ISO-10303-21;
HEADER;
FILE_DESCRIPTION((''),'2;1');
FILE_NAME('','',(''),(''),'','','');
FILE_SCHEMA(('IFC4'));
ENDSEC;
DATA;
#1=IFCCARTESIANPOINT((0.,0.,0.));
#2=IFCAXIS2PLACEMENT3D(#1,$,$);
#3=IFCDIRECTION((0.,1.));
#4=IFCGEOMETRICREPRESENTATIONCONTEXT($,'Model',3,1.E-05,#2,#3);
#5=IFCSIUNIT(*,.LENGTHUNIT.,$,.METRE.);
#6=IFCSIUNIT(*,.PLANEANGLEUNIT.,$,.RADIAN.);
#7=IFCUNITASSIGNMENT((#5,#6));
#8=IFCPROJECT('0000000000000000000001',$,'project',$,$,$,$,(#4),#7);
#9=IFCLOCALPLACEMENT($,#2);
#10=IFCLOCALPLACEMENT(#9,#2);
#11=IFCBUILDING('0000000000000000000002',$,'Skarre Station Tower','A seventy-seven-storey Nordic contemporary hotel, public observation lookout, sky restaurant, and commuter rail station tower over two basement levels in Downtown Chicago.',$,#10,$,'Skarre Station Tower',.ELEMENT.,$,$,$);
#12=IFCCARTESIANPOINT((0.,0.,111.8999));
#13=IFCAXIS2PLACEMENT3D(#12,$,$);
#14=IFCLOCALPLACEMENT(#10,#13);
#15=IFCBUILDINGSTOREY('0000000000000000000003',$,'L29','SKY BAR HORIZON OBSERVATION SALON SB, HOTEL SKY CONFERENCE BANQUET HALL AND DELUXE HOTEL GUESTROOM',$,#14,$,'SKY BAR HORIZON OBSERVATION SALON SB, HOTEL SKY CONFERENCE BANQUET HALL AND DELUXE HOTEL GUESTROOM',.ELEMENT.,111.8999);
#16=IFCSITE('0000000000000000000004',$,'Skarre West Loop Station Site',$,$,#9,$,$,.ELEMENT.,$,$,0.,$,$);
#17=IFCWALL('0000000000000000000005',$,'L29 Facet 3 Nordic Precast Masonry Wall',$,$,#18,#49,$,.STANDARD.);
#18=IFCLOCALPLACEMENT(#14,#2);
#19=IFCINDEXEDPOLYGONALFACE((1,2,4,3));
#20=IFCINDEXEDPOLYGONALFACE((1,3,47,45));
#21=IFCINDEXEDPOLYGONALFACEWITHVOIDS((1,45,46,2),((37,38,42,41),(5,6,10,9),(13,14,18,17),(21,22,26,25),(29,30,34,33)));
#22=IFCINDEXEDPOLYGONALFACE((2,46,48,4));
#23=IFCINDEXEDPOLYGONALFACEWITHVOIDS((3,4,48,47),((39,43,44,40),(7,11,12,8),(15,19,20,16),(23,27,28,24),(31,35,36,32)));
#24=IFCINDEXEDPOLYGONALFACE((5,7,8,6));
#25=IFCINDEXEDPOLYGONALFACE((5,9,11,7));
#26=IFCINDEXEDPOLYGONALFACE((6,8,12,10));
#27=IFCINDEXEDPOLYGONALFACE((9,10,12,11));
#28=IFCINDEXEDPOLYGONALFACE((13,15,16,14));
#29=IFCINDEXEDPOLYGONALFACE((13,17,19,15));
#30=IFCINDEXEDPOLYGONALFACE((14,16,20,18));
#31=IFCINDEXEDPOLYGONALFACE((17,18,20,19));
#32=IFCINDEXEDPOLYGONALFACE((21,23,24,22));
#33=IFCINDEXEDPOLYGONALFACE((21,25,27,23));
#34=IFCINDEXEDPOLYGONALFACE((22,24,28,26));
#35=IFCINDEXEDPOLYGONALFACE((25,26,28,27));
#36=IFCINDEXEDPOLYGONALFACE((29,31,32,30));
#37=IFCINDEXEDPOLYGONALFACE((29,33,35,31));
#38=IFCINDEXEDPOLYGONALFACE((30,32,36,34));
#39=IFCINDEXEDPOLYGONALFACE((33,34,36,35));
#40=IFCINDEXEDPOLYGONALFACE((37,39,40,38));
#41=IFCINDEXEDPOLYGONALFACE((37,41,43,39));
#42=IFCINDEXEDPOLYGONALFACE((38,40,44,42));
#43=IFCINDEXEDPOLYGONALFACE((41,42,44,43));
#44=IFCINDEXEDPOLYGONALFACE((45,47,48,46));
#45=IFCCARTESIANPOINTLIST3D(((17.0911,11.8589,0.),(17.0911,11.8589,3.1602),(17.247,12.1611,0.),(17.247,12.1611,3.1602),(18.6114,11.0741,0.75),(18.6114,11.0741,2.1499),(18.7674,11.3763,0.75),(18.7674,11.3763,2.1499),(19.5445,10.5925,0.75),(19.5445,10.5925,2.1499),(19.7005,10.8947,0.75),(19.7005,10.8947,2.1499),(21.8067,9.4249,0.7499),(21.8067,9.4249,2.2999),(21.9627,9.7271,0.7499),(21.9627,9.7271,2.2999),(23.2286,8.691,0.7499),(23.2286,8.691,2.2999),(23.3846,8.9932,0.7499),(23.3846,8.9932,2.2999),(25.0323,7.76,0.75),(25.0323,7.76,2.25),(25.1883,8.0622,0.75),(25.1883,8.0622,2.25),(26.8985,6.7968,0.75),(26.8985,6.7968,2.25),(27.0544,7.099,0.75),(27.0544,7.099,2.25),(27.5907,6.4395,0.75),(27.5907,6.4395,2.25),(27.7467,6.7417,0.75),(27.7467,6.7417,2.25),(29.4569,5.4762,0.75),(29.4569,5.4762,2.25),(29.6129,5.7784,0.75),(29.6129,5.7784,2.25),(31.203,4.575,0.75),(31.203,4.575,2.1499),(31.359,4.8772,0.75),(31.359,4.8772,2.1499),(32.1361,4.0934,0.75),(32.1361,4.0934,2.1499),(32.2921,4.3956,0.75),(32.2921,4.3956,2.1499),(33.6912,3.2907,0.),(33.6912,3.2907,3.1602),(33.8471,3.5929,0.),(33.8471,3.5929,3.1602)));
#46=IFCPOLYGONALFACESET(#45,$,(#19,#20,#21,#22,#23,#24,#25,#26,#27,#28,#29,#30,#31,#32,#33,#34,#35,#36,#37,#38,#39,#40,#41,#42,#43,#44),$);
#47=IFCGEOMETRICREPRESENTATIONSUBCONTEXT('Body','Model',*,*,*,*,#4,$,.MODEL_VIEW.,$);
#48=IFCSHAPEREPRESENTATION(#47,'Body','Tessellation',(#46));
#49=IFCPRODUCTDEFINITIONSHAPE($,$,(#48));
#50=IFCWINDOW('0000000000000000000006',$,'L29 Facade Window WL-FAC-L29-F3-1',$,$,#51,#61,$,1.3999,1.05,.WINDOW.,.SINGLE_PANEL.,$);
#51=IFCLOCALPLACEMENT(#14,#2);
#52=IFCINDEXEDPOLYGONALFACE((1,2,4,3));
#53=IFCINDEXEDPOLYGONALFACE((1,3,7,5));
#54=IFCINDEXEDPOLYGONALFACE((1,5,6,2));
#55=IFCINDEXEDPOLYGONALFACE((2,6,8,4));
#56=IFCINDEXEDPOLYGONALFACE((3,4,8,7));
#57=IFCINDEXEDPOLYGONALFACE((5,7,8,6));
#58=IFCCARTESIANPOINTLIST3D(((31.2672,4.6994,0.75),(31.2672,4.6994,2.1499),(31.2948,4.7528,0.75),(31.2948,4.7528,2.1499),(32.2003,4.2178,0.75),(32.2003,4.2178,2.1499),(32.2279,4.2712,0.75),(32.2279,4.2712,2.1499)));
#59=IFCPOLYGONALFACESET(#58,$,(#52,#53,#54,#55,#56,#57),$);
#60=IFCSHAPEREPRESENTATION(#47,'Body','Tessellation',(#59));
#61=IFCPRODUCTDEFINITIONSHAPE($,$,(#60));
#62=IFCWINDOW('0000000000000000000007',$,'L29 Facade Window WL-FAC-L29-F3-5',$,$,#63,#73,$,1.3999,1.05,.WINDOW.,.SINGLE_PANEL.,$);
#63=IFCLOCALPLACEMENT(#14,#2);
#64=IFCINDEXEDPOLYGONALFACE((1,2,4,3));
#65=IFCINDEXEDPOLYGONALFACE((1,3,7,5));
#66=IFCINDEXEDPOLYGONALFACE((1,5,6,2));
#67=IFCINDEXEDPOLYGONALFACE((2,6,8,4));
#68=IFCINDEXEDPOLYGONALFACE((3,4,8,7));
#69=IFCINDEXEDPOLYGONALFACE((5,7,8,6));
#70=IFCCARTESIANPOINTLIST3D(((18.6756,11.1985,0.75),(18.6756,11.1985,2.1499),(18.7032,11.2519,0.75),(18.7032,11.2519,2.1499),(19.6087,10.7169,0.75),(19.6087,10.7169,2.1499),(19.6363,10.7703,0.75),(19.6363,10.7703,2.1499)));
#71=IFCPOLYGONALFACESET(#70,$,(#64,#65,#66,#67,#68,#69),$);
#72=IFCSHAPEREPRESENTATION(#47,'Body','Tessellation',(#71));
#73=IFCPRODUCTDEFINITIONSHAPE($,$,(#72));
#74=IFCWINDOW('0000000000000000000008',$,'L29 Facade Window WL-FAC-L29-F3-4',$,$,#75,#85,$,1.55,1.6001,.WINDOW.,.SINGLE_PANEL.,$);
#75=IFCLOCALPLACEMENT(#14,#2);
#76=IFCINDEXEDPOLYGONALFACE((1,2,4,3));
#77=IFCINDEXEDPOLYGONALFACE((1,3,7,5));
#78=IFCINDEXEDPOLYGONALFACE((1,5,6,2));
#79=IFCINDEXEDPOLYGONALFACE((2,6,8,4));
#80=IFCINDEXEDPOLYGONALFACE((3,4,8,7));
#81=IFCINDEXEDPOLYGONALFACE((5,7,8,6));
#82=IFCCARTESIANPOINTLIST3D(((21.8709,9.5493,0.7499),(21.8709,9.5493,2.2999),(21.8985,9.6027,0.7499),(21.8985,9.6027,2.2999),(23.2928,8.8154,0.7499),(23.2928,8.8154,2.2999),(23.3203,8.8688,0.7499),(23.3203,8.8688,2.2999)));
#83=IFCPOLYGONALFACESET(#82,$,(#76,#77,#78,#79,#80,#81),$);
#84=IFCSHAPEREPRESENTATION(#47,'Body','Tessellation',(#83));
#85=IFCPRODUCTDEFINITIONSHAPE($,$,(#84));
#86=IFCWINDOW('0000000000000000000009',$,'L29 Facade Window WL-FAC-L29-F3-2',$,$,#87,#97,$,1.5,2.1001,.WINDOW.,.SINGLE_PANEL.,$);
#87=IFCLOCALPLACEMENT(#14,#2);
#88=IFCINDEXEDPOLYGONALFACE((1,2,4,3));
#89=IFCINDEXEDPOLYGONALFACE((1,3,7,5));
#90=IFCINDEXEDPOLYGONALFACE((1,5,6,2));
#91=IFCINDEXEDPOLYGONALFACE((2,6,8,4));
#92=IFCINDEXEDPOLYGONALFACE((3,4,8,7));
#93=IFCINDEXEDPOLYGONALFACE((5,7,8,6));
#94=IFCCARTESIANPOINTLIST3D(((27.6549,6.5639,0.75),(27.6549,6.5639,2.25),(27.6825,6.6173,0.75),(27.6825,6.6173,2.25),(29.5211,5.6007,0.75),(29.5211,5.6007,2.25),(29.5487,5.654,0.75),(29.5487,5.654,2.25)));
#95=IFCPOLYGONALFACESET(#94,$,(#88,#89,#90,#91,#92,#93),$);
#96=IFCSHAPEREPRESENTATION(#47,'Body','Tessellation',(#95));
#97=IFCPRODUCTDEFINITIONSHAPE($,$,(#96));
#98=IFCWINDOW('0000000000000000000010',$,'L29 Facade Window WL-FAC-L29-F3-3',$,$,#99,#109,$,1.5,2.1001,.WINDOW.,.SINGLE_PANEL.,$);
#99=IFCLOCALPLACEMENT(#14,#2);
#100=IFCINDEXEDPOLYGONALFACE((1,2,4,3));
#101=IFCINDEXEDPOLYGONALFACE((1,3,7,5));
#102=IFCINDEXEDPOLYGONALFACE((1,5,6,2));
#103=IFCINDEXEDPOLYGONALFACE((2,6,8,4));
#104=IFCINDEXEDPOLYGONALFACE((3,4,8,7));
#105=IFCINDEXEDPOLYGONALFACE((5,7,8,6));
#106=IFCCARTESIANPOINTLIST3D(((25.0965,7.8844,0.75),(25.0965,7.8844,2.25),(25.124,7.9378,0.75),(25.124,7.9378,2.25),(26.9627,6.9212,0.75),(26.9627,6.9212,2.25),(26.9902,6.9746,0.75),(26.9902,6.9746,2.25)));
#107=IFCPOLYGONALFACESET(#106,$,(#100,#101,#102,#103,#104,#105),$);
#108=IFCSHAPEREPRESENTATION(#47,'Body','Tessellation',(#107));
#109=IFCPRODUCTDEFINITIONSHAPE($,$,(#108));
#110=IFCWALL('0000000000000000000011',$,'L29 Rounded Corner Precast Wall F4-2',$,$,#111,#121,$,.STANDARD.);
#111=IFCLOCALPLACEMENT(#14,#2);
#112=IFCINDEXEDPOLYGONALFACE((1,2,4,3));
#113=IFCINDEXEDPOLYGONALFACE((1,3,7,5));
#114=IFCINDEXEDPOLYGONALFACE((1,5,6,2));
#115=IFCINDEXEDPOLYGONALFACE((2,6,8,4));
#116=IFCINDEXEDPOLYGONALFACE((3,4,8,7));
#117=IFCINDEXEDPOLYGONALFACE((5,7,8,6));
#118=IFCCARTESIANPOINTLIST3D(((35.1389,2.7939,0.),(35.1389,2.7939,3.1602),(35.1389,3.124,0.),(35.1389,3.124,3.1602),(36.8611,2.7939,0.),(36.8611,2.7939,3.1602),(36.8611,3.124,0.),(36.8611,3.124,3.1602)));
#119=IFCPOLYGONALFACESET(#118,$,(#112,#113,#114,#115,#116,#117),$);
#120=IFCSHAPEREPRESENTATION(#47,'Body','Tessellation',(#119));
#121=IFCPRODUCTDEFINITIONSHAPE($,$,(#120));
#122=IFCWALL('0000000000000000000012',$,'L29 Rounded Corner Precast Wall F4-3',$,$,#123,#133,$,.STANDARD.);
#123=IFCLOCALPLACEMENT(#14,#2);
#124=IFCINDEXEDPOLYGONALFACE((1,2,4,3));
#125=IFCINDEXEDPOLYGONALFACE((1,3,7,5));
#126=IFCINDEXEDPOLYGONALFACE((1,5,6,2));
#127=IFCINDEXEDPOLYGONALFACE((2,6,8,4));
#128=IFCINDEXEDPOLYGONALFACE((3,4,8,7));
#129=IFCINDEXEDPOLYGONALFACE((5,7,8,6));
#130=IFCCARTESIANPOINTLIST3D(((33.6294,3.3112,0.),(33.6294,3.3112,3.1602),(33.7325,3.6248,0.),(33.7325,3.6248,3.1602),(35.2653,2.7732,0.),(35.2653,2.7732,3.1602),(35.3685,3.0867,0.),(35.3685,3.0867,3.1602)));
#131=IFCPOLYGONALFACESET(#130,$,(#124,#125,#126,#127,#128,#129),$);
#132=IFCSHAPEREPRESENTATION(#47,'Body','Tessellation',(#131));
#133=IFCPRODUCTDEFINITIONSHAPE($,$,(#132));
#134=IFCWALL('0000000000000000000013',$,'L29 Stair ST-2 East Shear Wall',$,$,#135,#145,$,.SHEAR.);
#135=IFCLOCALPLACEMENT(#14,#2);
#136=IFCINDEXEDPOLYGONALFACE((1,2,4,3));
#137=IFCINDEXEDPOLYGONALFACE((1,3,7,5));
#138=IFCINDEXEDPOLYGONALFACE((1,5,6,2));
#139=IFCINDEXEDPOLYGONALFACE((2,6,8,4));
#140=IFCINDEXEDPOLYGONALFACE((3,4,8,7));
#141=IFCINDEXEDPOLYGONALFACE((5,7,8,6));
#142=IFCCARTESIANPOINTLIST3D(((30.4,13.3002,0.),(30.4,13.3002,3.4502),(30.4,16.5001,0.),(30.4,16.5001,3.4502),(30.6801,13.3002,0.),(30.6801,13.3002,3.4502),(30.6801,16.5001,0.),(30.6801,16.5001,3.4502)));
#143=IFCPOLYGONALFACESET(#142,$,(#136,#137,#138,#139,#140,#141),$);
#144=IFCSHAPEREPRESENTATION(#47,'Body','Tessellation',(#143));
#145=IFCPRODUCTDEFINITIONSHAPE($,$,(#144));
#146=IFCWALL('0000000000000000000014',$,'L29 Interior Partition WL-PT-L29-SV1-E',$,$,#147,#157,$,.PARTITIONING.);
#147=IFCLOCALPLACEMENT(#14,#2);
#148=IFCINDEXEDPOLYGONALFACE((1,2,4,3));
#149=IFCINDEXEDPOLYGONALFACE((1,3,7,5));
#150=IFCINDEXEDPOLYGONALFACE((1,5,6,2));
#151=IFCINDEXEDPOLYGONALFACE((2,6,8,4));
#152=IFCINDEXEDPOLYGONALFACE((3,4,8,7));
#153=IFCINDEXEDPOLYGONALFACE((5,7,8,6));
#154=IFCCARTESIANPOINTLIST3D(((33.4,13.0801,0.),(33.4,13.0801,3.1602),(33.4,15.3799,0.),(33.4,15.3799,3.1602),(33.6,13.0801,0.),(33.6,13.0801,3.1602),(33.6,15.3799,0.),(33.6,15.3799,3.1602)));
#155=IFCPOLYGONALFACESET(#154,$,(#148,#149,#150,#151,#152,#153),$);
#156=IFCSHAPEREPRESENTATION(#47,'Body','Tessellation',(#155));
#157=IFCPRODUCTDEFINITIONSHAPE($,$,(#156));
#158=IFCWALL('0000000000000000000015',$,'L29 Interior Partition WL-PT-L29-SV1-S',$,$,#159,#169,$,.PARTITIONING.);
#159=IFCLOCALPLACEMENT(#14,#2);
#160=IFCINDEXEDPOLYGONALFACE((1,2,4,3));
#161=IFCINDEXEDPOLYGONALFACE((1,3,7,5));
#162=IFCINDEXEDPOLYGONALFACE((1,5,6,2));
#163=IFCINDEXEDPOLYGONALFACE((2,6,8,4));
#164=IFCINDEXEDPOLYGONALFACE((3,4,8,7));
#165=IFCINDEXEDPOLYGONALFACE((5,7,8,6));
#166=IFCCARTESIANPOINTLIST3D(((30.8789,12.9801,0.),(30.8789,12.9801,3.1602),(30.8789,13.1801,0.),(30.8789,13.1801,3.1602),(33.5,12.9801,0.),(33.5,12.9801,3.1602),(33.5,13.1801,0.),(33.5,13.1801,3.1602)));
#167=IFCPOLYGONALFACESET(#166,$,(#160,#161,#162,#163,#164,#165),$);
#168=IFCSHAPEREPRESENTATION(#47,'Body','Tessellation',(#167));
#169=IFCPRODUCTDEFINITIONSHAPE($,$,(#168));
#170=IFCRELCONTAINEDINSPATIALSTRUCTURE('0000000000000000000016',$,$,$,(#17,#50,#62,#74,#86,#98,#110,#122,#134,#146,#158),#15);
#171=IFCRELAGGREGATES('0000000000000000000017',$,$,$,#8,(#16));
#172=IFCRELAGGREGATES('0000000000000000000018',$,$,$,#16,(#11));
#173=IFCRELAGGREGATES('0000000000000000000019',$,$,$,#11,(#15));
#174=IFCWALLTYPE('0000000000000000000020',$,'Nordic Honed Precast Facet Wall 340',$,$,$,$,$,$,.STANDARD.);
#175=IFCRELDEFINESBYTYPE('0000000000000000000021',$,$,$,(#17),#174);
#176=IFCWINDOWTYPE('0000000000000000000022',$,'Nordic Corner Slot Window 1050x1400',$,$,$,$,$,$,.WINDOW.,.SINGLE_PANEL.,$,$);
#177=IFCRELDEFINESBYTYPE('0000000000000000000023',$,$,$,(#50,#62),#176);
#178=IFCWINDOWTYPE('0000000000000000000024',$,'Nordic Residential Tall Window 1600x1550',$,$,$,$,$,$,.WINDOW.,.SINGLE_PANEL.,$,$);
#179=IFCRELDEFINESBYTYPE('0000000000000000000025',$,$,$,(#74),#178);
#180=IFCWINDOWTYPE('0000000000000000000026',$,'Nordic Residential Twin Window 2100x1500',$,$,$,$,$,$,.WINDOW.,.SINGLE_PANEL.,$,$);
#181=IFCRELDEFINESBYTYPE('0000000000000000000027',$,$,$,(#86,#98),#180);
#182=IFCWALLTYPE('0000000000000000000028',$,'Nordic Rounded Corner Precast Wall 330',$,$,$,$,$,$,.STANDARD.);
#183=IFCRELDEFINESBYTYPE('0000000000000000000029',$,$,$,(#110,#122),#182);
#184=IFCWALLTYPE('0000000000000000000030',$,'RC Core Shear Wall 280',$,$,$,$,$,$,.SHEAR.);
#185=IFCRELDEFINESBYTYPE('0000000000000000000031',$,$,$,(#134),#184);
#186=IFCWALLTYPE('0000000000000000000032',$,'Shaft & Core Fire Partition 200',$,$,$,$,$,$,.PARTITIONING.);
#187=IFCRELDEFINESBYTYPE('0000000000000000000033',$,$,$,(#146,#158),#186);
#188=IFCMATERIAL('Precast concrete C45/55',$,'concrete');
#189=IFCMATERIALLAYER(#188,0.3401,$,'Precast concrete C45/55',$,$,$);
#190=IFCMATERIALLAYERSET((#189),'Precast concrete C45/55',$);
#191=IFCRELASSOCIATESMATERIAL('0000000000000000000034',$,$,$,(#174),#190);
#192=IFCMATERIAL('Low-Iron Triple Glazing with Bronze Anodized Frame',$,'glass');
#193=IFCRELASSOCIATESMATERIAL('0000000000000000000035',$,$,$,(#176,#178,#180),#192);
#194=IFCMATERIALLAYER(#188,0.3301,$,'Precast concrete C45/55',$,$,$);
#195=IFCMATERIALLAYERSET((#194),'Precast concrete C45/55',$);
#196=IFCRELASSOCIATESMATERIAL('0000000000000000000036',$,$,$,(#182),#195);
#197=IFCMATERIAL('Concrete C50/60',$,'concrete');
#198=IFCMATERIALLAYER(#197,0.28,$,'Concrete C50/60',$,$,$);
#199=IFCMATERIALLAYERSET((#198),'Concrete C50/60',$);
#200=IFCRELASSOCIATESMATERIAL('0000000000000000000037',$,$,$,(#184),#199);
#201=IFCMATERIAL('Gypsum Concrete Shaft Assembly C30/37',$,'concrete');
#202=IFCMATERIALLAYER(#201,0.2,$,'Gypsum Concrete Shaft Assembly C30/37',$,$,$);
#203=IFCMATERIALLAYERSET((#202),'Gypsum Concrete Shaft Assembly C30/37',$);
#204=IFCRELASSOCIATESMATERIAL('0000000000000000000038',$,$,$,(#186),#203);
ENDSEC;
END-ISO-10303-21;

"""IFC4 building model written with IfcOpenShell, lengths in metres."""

from ifc_helpers import new_model, si_unit, direction, frame, frame_2d, origin, place, context, subcontext, project, spatial, rectangle, extrude, material, layer, layer_set, type_object, element, fill, save


model = new_model("IFC4")

# Units and contexts
model_context = context("Model", 3, precision=1e-05, world=origin(), true_north=direction((0.0, 1.0)))
body_context = subcontext(model_context, "Body", "Model", "MODEL_VIEW")
ifc_project = project(units=[si_unit("LENGTHUNIT", "METRE"), si_unit("PLANEANGLEUNIT", "RADIAN")], contexts=[model_context])

# Site, building, storey
site_placement = place(None, origin())
site = spatial("IfcSite", under=ifc_project, at=site_placement, Name="Skarre West Loop Station Site", CompositionType="ELEMENT", RefElevation=0.0)
building_placement = place(site_placement, origin())
building = spatial("IfcBuilding", under=site, at=building_placement, Name="Skarre Station Tower", Description="A seventy-seven-storey Nordic contemporary hotel, public observation lookout, sky restaurant, and commuter rail station tower over two basement levels in Downtown Chicago.", LongName="Skarre Station Tower", CompositionType="ELEMENT")
storey_placement = place(building_placement, frame((0.0, 0.0, 111.8999)))
storey = spatial("IfcBuildingStorey", under=building, at=storey_placement, Name="L29", Description="SKY BAR HORIZON OBSERVATION SALON SB, HOTEL SKY CONFERENCE BANQUET HALL AND DELUXE HOTEL GUESTROOM", LongName="SKY BAR HORIZON OBSERVATION SALON SB, HOTEL SKY CONFERENCE BANQUET HALL AND DELUXE HOTEL GUESTROOM", CompositionType="ELEMENT", Elevation=111.8999)

# Wall, openings, windows
ifc_material_1 = material(Name="Precast concrete C45/55", Category="concrete")
ifc_layer_1 = layer(ifc_material_1, 0.3401, Name="Precast concrete C45/55")
ifc_layer_set_1 = layer_set([ifc_layer_1], Name="Precast concrete C45/55")
wall_type_1 = type_object("IfcWallType", Name="Nordic Honed Precast Facet Wall 340", PredefinedType="STANDARD", material=ifc_layer_set_1)
wall_1_placement = place(storey_placement, frame((33.769, 3.4419, 0.0), z_axis=(0.0, 0.0, 1.0), x_axis=(-0.888614, 0.458657, 0.0)))
wall_1 = element("IfcWall", 1, at=wall_1_placement, inside=storey, type_object=wall_type_1, Name="L29 Facet 3 Nordic Precast Masonry Wall", PredefinedType="STANDARD", context=body_context, shape_type="SweptSolid", body=[
    extrude(rectangle(XDim=18.6809, YDim=0.3401, at=frame_2d((9.3403, 0.0))), origin(), (0.0, 0.0, 1.0), 3.1602),
])
opening_1_placement = place(wall_1_placement, frame((1.75, 0.0, 0.75)))
opening_1 = element("IfcOpeningElement", 2, at=opening_1_placement, cuts=wall_1, PredefinedType="OPENING", context=body_context, shape_type="SweptSolid", body=[
    extrude(rectangle(XDim=1.05, YDim=1.3999, at=frame_2d((0.5249, 0.7))), frame((0.0, 0.1799, 0.0), z_axis=(0.0, -1.0, 0.0), x_axis=(1.0, 0.0, 0.0)), (0.0, 0.0, 1.0), 0.3601),
])
opening_2_placement = place(wall_1_placement, frame((4.7649, 0.0, 0.75)))
opening_2 = element("IfcOpeningElement", 3, at=opening_2_placement, cuts=wall_1, PredefinedType="OPENING", context=body_context, shape_type="SweptSolid", body=[
    extrude(rectangle(XDim=2.1001, YDim=1.5, at=frame_2d((1.05, 0.75))), frame((0.0, 0.1799, 0.0), z_axis=(0.0, -1.0, 0.0), x_axis=(1.0, 0.0, 0.0)), (0.0, 0.0, 1.0), 0.3601),
])
opening_3_placement = place(wall_1_placement, frame((7.644, 0.0, 0.75)))
opening_3 = element("IfcOpeningElement", 4, at=opening_3_placement, cuts=wall_1, PredefinedType="OPENING", context=body_context, shape_type="SweptSolid", body=[
    extrude(rectangle(XDim=2.1001, YDim=1.5, at=frame_2d((1.05, 0.75))), frame((0.0, 0.1799, 0.0), z_axis=(0.0, -1.0, 0.0), x_axis=(1.0, 0.0, 0.0)), (0.0, 0.0, 1.0), 0.3601),
])
opening_4_placement = place(wall_1_placement, frame((11.7739, 0.0, 0.75)))
opening_4 = element("IfcOpeningElement", 5, at=opening_4_placement, cuts=wall_1, PredefinedType="OPENING", context=body_context, shape_type="SweptSolid", body=[
    extrude(rectangle(XDim=1.6001, YDim=1.55, at=frame_2d((0.8, 0.7749))), frame((0.0, 0.1799, 0.0), z_axis=(0.0, -1.0, 0.0), x_axis=(1.0, 0.0, 0.0)), (0.0, 0.0, 1.0), 0.3601),
])
opening_5_placement = place(wall_1_placement, frame((15.9199, 0.0, 0.75)))
opening_5 = element("IfcOpeningElement", 6, at=opening_5_placement, cuts=wall_1, PredefinedType="OPENING", context=body_context, shape_type="SweptSolid", body=[
    extrude(rectangle(XDim=1.05, YDim=1.3999, at=frame_2d((0.5249, 0.7))), frame((0.0, 0.1799, 0.0), z_axis=(0.0, -1.0, 0.0), x_axis=(1.0, 0.0, 0.0)), (0.0, 0.0, 1.0), 0.3601),
])
ifc_material_2 = material(Name="Low-Iron Triple Glazing with Bronze Anodized Frame", Category="glass")
window_type_1 = type_object("IfcWindowType", Name="Nordic Corner Slot Window 1050x1400", PartitioningType="SINGLE_PANEL", PredefinedType="WINDOW", material=ifc_material_2)
window_1_placement = place(opening_1_placement, origin())
window_1 = element("IfcWindow", 7, at=window_1_placement, inside=storey, type_object=window_type_1, Name="L29 Facade Window WL-FAC-L29-F3-1", OverallHeight=1.3999, OverallWidth=1.05, PartitioningType="SINGLE_PANEL", PredefinedType="WINDOW", context=body_context, shape_type="SweptSolid", body=[
    extrude(rectangle(XDim=1.05, YDim=1.3999, at=frame_2d((0.5249, 0.7))), frame((0.0, 0.03, 0.0), z_axis=(0.0, -1.0, 0.0), x_axis=(1.0, 0.0, 0.0)), (0.0, 0.0, 1.0), 0.0601),
])
fill(opening_1, window_1)
window_2_placement = place(opening_5_placement, origin())
window_2 = element("IfcWindow", 8, at=window_2_placement, inside=storey, type_object=window_type_1, Name="L29 Facade Window WL-FAC-L29-F3-5", OverallHeight=1.3999, OverallWidth=1.05, PartitioningType="SINGLE_PANEL", PredefinedType="WINDOW", context=body_context, shape_type="SweptSolid", body=[
    extrude(rectangle(XDim=1.05, YDim=1.3999, at=frame_2d((0.5249, 0.7))), frame((0.0, 0.03, 0.0), z_axis=(0.0, -1.0, 0.0), x_axis=(1.0, 0.0, 0.0)), (0.0, 0.0, 1.0), 0.0601),
])
fill(opening_5, window_2)
window_type_2 = type_object("IfcWindowType", Name="Nordic Residential Tall Window 1600x1550", PartitioningType="SINGLE_PANEL", PredefinedType="WINDOW", material=ifc_material_2)
window_3_placement = place(opening_4_placement, origin())
window_3 = element("IfcWindow", 9, at=window_3_placement, inside=storey, type_object=window_type_2, Name="L29 Facade Window WL-FAC-L29-F3-4", OverallHeight=1.55, OverallWidth=1.6001, PartitioningType="SINGLE_PANEL", PredefinedType="WINDOW", context=body_context, shape_type="SweptSolid", body=[
    extrude(rectangle(XDim=1.6001, YDim=1.55, at=frame_2d((0.8, 0.7749))), frame((0.0, 0.03, 0.0), z_axis=(0.0, -1.0, 0.0), x_axis=(1.0, 0.0, 0.0)), (0.0, 0.0, 1.0), 0.0601),
])
fill(opening_4, window_3)
window_type_3 = type_object("IfcWindowType", Name="Nordic Residential Twin Window 2100x1500", PartitioningType="SINGLE_PANEL", PredefinedType="WINDOW", material=ifc_material_2)
window_4_placement = place(opening_2_placement, origin())
window_4 = element("IfcWindow", 10, at=window_4_placement, inside=storey, type_object=window_type_3, Name="L29 Facade Window WL-FAC-L29-F3-2", OverallHeight=1.5, OverallWidth=2.1001, PartitioningType="SINGLE_PANEL", PredefinedType="WINDOW", context=body_context, shape_type="SweptSolid", body=[
    extrude(rectangle(XDim=2.1001, YDim=1.5, at=frame_2d((1.05, 0.75))), frame((0.0, 0.03, 0.0), z_axis=(0.0, -1.0, 0.0), x_axis=(1.0, 0.0, 0.0)), (0.0, 0.0, 1.0), 0.0601),
])
fill(opening_2, window_4)
window_5_placement = place(opening_3_placement, origin())
window_5 = element("IfcWindow", 11, at=window_5_placement, inside=storey, type_object=window_type_3, Name="L29 Facade Window WL-FAC-L29-F3-3", OverallHeight=1.5, OverallWidth=2.1001, PartitioningType="SINGLE_PANEL", PredefinedType="WINDOW", context=body_context, shape_type="SweptSolid", body=[
    extrude(rectangle(XDim=2.1001, YDim=1.5, at=frame_2d((1.05, 0.75))), frame((0.0, 0.03, 0.0), z_axis=(0.0, -1.0, 0.0), x_axis=(1.0, 0.0, 0.0)), (0.0, 0.0, 1.0), 0.0601),
])
fill(opening_3, window_5)

# Walls
ifc_layer_2 = layer(ifc_material_1, 0.3301, Name="Precast concrete C45/55")
ifc_layer_set_2 = layer_set([ifc_layer_2], Name="Precast concrete C45/55")
wall_type_2 = type_object("IfcWallType", Name="Nordic Rounded Corner Precast Wall 330", PredefinedType="STANDARD", material=ifc_layer_set_2)
for number, where, z_axis, x_axis, name in (
    (12, (36.8611, 2.959, 0.0), (0.0, 0.0, 1.0), (-1.0, 0.0, 0.0), "L29 Rounded Corner Precast Wall F4-2"),
    (13, (35.3169, 2.9299, 0.0), (0.0, 0.0, 1.0), (-0.949937, 0.31244, 0.0), "L29 Rounded Corner Precast Wall F4-3"),
):
    element("IfcWall", number, at=place(storey_placement, frame(where, z_axis=z_axis, x_axis=x_axis)), inside=storey, type_object=wall_type_2, Name=name, PredefinedType="STANDARD", context=body_context, shape_type="SweptSolid", body=[
        extrude(rectangle(XDim=1.7222, YDim=0.3301, at=frame_2d((0.8611, 0.0))), origin(), (0.0, 0.0, 1.0), 3.1602),
    ])
ifc_material_3 = material(Name="Concrete C50/60", Category="concrete")
ifc_layer_3 = layer(ifc_material_3, 0.28, Name="Concrete C50/60")
ifc_layer_set_3 = layer_set([ifc_layer_3], Name="Concrete C50/60")
wall_type_3 = type_object("IfcWallType", Name="RC Core Shear Wall 280", PredefinedType="SHEAR", material=ifc_layer_set_3)
wall_2_placement = place(storey_placement, frame((30.54, 13.3, 0.0), z_axis=(0.0, 0.0, 1.0), x_axis=(0.0, 1.0, 0.0)))
element("IfcWall", 14, at=wall_2_placement, inside=storey, type_object=wall_type_3, Name="L29 Stair ST-2 East Shear Wall", PredefinedType="SHEAR", context=body_context, shape_type="SweptSolid", body=[
    extrude(rectangle(XDim=3.2, YDim=0.28, at=frame_2d((1.6001, 0.0))), origin(), (0.0, 0.0, 1.0), 3.4502),
])
ifc_material_4 = material(Name="Gypsum Concrete Shaft Assembly C30/37", Category="concrete")
ifc_layer_4 = layer(ifc_material_4, 0.2, Name="Gypsum Concrete Shaft Assembly C30/37")
ifc_layer_set_4 = layer_set([ifc_layer_4], Name="Gypsum Concrete Shaft Assembly C30/37")
wall_type_4 = type_object("IfcWallType", Name="Shaft & Core Fire Partition 200", PredefinedType="PARTITIONING", material=ifc_layer_set_4)
wall_3_placement = place(storey_placement, frame((33.5, 13.0801, 0.0), z_axis=(0.0, 0.0, 1.0), x_axis=(0.0, 1.0, 0.0)))
element("IfcWall", 15, at=wall_3_placement, inside=storey, type_object=wall_type_4, Name="L29 Interior Partition WL-PT-L29-SV1-E", PredefinedType="PARTITIONING", context=body_context, shape_type="SweptSolid", body=[
    extrude(rectangle(XDim=2.2998, YDim=0.2, at=frame_2d((1.1499, 0.0))), origin(), (0.0, 0.0, 1.0), 3.1602),
])
wall_4_placement = place(storey_placement, frame((30.8789, 13.0801, 0.0), z_axis=(0.0, 0.0, 1.0), x_axis=(1.0, 0.0, 0.0)))
element("IfcWall", 16, at=wall_4_placement, inside=storey, type_object=wall_type_4, Name="L29 Interior Partition WL-PT-L29-SV1-S", PredefinedType="PARTITIONING", context=body_context, shape_type="SweptSolid", body=[
    extrude(rectangle(XDim=2.6211, YDim=0.2, at=frame_2d((1.3105, 0.0))), origin(), (0.0, 0.0, 1.0), 3.1602),
])

save(model, "model.ifc")
